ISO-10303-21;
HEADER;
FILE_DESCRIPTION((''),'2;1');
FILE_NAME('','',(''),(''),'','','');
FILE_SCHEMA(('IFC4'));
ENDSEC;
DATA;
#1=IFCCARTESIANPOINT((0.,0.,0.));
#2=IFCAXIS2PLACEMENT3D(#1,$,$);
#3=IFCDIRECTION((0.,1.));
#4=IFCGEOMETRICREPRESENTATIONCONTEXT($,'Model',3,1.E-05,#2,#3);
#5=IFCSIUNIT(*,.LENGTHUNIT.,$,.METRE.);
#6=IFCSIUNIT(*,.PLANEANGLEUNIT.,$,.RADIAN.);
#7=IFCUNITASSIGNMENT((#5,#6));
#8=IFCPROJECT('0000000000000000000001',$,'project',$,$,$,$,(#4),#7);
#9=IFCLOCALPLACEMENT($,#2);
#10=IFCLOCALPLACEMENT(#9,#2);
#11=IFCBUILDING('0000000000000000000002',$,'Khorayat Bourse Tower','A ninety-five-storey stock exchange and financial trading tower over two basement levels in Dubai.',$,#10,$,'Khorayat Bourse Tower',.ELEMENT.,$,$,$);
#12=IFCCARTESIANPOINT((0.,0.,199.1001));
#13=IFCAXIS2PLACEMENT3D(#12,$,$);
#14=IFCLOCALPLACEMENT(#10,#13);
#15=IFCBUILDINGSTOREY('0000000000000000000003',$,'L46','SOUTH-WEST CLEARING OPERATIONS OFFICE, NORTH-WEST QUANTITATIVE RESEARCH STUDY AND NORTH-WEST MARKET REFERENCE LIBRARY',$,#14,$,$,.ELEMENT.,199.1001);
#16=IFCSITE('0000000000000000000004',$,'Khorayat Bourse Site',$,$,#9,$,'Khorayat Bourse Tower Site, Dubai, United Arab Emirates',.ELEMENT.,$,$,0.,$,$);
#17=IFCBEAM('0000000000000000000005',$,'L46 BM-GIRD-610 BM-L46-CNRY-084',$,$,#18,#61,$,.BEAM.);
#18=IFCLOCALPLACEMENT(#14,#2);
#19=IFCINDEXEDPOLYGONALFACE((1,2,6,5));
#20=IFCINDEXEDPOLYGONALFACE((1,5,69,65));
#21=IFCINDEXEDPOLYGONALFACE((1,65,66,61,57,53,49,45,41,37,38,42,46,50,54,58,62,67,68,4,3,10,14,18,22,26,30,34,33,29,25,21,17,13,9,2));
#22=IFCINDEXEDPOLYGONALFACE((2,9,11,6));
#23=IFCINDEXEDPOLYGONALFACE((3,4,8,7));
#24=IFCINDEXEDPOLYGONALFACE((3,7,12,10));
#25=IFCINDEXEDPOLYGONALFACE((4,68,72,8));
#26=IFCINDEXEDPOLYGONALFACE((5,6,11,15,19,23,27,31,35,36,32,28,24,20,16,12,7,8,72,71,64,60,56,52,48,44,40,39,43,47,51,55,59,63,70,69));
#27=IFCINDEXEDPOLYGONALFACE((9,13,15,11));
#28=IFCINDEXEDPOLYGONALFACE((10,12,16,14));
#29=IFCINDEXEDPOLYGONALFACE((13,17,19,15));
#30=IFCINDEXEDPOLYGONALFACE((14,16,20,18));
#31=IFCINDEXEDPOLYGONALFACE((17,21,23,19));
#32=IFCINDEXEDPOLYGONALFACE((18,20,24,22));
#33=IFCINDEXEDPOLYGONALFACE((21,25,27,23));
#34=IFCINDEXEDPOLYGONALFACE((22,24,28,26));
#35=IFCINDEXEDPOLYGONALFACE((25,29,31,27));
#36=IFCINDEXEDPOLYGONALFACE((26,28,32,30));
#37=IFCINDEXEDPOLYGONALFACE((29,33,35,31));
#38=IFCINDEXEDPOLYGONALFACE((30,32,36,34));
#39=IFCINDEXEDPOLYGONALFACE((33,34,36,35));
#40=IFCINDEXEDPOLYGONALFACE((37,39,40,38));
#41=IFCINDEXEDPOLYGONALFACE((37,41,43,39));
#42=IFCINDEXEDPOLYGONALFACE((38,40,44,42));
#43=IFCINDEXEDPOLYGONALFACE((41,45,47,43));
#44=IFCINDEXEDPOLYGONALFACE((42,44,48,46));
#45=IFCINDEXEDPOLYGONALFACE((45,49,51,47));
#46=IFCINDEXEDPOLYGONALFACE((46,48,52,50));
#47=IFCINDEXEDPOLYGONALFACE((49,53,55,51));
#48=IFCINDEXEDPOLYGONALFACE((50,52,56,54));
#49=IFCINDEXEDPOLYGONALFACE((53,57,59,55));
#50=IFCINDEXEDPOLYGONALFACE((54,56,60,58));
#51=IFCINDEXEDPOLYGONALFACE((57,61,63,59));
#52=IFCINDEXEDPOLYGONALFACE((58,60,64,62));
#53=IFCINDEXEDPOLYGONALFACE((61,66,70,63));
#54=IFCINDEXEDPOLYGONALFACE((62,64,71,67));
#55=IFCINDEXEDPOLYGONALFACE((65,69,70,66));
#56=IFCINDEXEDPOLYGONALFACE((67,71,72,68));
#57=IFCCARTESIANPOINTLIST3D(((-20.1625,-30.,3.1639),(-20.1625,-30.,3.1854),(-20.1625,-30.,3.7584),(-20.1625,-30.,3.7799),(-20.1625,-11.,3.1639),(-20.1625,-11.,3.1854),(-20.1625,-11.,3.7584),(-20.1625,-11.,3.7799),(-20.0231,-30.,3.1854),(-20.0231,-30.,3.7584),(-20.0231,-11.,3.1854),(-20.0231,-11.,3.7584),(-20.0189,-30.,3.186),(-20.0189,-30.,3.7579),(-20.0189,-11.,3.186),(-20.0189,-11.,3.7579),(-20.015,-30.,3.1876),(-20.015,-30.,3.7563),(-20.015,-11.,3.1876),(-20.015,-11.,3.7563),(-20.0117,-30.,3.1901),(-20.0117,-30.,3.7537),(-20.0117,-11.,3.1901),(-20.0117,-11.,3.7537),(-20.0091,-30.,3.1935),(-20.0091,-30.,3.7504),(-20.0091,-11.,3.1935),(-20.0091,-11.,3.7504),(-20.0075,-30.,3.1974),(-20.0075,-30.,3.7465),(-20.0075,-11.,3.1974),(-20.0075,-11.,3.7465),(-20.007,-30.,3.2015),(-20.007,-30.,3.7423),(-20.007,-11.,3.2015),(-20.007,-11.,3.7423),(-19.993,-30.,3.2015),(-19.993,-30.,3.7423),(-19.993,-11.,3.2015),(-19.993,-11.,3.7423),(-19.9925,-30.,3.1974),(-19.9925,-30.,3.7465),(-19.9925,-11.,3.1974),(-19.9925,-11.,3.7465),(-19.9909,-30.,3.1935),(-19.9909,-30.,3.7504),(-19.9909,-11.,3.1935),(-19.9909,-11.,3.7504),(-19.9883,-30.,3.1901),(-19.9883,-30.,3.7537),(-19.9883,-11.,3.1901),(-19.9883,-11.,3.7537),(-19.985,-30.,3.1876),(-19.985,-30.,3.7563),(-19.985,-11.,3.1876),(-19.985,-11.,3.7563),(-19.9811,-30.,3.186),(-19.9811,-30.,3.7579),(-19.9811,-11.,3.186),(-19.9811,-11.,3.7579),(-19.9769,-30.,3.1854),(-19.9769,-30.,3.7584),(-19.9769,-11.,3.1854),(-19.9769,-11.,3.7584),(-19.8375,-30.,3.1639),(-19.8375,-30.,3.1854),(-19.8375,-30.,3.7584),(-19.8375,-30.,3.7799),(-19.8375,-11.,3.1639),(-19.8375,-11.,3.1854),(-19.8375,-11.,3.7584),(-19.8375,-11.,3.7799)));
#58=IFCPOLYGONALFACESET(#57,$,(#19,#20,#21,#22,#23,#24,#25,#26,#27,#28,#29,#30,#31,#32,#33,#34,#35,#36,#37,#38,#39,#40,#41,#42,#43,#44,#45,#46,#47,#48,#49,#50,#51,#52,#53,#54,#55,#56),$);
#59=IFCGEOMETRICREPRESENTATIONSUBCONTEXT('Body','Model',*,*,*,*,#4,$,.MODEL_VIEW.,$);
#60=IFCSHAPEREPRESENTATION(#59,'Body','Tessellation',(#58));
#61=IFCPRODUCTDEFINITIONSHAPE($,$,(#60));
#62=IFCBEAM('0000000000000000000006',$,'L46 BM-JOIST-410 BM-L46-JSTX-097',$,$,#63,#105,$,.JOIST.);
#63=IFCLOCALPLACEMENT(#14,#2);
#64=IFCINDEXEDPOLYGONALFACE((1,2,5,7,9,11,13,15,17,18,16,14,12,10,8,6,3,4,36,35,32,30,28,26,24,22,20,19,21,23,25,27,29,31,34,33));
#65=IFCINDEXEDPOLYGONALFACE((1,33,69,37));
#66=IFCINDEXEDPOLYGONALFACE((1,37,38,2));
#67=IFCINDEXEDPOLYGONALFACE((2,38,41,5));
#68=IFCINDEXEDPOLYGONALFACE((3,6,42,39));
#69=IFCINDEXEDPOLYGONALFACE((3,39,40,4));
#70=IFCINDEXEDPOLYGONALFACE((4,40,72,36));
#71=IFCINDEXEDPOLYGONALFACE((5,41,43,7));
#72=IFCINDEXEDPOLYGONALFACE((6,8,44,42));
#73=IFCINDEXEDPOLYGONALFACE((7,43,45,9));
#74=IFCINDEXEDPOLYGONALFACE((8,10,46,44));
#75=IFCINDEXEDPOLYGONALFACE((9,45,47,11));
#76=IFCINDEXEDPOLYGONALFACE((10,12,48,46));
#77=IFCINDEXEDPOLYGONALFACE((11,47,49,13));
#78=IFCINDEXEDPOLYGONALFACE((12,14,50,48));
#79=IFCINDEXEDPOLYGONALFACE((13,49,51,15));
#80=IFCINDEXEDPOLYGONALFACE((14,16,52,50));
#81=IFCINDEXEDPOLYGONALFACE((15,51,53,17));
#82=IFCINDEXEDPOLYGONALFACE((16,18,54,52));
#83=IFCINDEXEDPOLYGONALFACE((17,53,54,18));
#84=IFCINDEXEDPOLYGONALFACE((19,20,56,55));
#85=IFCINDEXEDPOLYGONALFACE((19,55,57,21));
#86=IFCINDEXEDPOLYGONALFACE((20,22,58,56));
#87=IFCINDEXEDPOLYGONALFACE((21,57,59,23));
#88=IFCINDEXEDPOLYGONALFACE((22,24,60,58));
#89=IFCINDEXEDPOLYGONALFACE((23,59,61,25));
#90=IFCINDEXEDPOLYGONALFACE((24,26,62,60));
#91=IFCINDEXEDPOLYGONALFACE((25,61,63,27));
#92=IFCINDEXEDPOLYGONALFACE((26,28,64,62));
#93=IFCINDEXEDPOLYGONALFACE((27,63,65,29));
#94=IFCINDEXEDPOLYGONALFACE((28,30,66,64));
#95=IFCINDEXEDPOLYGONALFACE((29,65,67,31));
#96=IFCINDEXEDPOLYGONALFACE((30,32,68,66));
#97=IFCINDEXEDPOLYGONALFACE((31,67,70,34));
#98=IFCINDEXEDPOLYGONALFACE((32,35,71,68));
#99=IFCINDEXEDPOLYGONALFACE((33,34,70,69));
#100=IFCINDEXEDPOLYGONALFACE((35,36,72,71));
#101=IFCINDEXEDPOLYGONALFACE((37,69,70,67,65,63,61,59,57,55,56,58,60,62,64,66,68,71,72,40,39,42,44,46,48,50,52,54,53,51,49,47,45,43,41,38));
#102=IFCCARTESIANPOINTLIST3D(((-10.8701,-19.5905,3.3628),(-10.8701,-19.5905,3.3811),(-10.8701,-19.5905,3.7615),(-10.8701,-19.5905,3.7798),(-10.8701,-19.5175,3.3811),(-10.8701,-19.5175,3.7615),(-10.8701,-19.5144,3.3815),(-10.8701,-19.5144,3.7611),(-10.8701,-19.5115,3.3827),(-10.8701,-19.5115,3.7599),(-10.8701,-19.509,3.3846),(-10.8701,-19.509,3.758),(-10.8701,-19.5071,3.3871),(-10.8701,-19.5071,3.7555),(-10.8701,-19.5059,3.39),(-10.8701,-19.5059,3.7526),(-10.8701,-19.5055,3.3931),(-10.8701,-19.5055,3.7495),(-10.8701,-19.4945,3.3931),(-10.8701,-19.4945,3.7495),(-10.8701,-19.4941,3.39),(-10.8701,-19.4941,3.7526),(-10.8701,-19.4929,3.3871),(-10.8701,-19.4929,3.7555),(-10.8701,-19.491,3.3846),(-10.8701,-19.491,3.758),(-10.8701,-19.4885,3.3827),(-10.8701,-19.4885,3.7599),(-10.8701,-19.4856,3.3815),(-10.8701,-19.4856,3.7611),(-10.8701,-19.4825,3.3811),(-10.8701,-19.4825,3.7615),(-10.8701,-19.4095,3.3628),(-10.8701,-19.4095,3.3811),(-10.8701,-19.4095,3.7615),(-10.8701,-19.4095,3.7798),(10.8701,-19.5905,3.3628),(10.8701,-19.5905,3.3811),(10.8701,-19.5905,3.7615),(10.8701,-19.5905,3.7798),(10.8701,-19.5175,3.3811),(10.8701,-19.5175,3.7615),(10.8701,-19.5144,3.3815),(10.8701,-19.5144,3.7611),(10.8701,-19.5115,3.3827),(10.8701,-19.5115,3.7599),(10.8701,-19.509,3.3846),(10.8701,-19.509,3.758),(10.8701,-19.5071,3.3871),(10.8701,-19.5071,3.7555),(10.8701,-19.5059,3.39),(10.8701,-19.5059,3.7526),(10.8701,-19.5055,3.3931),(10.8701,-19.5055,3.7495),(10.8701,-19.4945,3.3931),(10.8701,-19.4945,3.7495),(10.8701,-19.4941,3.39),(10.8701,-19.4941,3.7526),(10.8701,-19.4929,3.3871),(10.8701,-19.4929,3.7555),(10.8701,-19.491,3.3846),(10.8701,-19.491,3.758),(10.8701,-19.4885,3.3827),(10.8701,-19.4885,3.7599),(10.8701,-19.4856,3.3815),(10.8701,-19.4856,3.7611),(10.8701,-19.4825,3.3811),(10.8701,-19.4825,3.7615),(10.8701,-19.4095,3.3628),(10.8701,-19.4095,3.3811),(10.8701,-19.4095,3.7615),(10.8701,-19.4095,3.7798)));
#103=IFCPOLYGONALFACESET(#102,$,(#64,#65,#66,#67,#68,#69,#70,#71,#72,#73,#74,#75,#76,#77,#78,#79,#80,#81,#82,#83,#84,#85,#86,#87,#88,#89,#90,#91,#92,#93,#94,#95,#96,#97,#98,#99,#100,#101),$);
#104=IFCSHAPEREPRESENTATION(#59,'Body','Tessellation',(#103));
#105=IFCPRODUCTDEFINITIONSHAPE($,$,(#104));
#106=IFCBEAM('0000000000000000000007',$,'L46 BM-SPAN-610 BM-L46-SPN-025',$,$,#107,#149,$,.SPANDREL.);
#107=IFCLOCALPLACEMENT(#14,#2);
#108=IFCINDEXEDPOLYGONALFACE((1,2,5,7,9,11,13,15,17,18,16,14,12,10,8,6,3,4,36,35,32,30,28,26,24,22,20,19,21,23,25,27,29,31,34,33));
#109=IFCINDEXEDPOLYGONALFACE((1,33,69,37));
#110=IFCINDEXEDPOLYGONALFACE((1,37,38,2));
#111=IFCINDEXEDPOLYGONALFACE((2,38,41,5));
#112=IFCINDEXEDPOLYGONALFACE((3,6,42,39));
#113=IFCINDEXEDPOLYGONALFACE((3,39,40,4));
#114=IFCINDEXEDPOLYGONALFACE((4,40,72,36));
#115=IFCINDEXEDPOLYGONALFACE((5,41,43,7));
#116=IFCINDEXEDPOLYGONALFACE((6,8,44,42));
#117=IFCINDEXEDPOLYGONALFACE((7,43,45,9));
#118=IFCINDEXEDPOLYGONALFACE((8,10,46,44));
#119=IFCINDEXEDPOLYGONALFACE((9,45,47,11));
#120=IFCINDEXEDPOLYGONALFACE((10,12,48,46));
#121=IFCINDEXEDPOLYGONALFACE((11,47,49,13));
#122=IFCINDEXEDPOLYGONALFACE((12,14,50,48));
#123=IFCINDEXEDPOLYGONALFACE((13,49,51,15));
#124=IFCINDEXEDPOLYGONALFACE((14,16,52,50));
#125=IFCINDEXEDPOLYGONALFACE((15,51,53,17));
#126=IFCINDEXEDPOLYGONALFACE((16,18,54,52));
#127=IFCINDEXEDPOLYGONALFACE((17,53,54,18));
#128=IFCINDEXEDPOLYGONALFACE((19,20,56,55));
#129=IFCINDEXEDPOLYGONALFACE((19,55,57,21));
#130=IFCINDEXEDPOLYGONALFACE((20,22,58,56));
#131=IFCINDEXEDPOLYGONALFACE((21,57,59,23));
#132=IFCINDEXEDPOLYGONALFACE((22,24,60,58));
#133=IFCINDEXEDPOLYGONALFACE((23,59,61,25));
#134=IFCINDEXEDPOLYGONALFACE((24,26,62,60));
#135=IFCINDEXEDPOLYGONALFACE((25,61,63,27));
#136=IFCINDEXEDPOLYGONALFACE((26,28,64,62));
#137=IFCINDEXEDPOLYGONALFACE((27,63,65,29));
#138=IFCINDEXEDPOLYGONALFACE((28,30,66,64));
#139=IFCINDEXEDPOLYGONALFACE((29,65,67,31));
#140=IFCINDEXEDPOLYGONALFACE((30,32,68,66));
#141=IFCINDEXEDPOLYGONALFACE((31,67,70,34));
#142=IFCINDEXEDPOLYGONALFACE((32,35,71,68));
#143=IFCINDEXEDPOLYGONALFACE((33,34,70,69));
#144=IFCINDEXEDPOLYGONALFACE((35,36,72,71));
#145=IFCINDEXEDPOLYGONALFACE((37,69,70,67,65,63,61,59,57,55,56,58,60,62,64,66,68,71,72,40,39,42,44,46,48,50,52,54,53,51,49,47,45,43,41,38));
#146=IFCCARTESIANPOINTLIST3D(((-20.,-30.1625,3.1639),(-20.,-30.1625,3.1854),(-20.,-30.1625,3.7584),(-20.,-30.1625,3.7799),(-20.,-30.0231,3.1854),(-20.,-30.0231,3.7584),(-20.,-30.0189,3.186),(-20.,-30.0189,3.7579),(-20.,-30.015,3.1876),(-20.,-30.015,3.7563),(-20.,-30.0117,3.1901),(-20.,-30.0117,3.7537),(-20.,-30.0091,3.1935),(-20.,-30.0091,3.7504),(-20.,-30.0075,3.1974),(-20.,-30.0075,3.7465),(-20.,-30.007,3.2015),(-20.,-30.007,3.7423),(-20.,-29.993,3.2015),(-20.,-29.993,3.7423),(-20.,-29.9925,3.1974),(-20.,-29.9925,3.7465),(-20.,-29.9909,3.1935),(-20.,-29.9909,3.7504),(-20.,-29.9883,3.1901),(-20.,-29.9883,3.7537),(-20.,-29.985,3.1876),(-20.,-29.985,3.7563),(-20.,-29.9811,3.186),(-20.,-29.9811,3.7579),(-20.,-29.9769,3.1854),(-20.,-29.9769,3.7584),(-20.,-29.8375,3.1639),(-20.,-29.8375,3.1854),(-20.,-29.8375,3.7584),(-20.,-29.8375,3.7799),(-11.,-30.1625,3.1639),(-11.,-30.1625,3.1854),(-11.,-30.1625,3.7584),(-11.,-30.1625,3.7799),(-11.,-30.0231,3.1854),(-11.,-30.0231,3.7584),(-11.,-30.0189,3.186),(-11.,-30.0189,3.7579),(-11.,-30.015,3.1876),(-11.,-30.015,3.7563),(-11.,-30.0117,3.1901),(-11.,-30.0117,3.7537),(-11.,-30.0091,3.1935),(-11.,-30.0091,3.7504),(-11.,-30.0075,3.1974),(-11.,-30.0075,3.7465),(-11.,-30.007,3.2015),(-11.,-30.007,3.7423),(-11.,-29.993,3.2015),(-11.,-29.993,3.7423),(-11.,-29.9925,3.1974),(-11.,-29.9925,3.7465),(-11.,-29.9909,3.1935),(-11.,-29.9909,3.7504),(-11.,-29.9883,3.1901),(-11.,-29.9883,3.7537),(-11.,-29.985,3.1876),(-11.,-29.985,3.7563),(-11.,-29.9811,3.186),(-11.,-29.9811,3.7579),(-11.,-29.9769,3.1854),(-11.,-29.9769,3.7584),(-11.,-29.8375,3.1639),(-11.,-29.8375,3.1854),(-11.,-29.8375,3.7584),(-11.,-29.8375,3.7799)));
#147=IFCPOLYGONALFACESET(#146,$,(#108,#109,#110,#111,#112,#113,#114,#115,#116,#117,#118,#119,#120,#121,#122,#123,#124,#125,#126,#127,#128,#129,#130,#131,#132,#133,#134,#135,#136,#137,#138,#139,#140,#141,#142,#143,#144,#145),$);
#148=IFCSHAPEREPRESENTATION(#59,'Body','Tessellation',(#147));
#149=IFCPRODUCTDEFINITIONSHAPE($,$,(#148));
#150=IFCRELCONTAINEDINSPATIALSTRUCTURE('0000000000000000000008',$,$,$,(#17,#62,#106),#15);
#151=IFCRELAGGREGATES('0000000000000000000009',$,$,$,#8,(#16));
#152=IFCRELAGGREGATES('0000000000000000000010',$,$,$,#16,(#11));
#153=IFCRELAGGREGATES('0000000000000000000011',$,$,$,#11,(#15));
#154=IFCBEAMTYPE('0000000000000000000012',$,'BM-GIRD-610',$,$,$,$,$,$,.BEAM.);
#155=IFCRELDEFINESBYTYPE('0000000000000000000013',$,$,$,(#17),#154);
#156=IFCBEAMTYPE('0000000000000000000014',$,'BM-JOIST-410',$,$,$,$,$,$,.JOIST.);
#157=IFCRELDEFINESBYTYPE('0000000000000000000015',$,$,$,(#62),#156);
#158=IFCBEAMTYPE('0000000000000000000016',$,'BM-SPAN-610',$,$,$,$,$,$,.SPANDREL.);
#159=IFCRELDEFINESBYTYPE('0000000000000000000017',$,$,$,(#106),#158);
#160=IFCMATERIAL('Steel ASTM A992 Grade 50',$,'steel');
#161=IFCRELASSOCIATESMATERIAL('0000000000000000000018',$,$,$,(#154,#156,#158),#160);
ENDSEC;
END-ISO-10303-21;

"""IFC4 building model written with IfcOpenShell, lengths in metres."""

from ifc_helpers import new_model, si_unit, direction, frame, origin, origin_2d, place, context, subcontext, project, spatial, i_section, extrude, source, transform, mapped, material, material_profile, profile_set, type_object, element, save


model = new_model("IFC4")

# Units and contexts
model_context = context("Model", 3, precision=1e-05, world=origin(), true_north=direction((0.0, 1.0)))
body_context = subcontext(model_context, "Body", "Model", "MODEL_VIEW")
ifc_project = project(units=[si_unit("LENGTHUNIT", "METRE"), si_unit("PLANEANGLEUNIT", "RADIAN")], contexts=[model_context])

# Site, building, storey
site_placement = place(None, origin())
site = spatial("IfcSite", under=ifc_project, at=site_placement, Name="Khorayat Bourse Site", LongName="Khorayat Bourse Tower Site, Dubai, United Arab Emirates", CompositionType="ELEMENT", RefElevation=0.0)
building_placement = place(site_placement, origin())
building = spatial("IfcBuilding", under=site, at=building_placement, Name="Khorayat Bourse Tower", Description="A ninety-five-storey stock exchange and financial trading tower over two basement levels in Dubai.", LongName="Khorayat Bourse Tower", CompositionType="ELEMENT")
storey_placement = place(building_placement, frame((0.0, 0.0, 199.1001)))
storey = spatial("IfcBuildingStorey", under=building, at=storey_placement, Name="L46", Description="SOUTH-WEST CLEARING OPERATIONS OFFICE, NORTH-WEST QUANTITATIVE RESEARCH STUDY AND NORTH-WEST MARKET REFERENCE LIBRARY", CompositionType="ELEMENT", Elevation=199.1001)

# Beams
ifc_material_1 = material(Name="Steel ASTM A992 Grade 50", Category="steel")
ifc_material_profile_1 = material_profile(ifc_material_1, i_section(OverallWidth=0.325, OverallDepth=0.616, WebThickness=0.0139, FlangeThickness=0.0215, FilletRadius=0.0161, at=origin_2d()), Name="W610X174")
ifc_profile_set_1 = profile_set([ifc_material_profile_1], Name="Steel ASTM A992 Grade 50")
beam_type_1 = type_object("IfcBeamType", Name="BM-GIRD-610", PredefinedType="BEAM", material=ifc_profile_set_1)
shared_shape_1 = source(origin(), body_context, "Body", "SweptSolid", [
    extrude(i_section(OverallWidth=0.325, OverallDepth=0.616, WebThickness=0.0139, FlangeThickness=0.0215, FilletRadius=0.0161, at=origin_2d()), origin(), (0.0, 0.0, 1.0), 19.0),
])
beam_1_placement = place(storey_placement, frame((-20.0, -30.0, 3.4719), z_axis=(0.0, 1.0, 0.0), x_axis=(-1.0, 0.0, 0.0)))
element("IfcBeam", 1, at=beam_1_placement, inside=storey, type_object=beam_type_1, Name="L46 BM-GIRD-610 BM-L46-CNRY-084", PredefinedType="BEAM", context=body_context, shape_type="MappedRepresentation", body=[
    mapped(shared_shape_1, transform((0.0, 0.0, 0.0), scale=1.0)),
])
ifc_material_profile_2 = material_profile(ifc_material_1, i_section(OverallWidth=0.1809, OverallDepth=0.417, WebThickness=0.011, FlangeThickness=0.0183, FilletRadius=0.012, at=origin_2d()), Name="W410X85")
ifc_profile_set_2 = profile_set([ifc_material_profile_2], Name="Steel ASTM A992 Grade 50")
beam_type_2 = type_object("IfcBeamType", Name="BM-JOIST-410", PredefinedType="JOIST", material=ifc_profile_set_2)
shared_shape_2 = source(origin(), body_context, "Body", "SweptSolid", [
    extrude(i_section(OverallWidth=0.1809, OverallDepth=0.417, WebThickness=0.011, FlangeThickness=0.0183, FilletRadius=0.012, at=origin_2d()), origin(), (0.0, 0.0, 1.0), 21.7402),
])
beam_2_placement = place(storey_placement, frame((-10.8701, -19.5, 3.5713), z_axis=(1.0, 0.0, 0.0), x_axis=(0.0, 1.0, 0.0)))
element("IfcBeam", 2, at=beam_2_placement, inside=storey, type_object=beam_type_2, Name="L46 BM-JOIST-410 BM-L46-JSTX-097", PredefinedType="JOIST", context=body_context, shape_type="MappedRepresentation", body=[
    mapped(shared_shape_2, transform((0.0, 0.0, 0.0), scale=1.0)),
])
ifc_material_profile_3 = material_profile(ifc_material_1, i_section(OverallWidth=0.325, OverallDepth=0.616, WebThickness=0.0139, FlangeThickness=0.0215, FilletRadius=0.0161, at=origin_2d()), Name="W610X174")
ifc_profile_set_3 = profile_set([ifc_material_profile_3], Name="Steel ASTM A992 Grade 50")
beam_type_3 = type_object("IfcBeamType", Name="BM-SPAN-610", PredefinedType="SPANDREL", material=ifc_profile_set_3)
shared_shape_3 = source(origin(), body_context, "Body", "SweptSolid", [
    extrude(i_section(OverallWidth=0.325, OverallDepth=0.616, WebThickness=0.0139, FlangeThickness=0.0215, FilletRadius=0.0161, at=origin_2d()), origin(), (0.0, 0.0, 1.0), 9.0),
])
beam_3_placement = place(storey_placement, frame((-20.0, -30.0, 3.4719), z_axis=(1.0, 0.0, 0.0), x_axis=(0.0, 1.0, 0.0)))
element("IfcBeam", 3, at=beam_3_placement, inside=storey, type_object=beam_type_3, Name="L46 BM-SPAN-610 BM-L46-SPN-025", PredefinedType="SPANDREL", context=body_context, shape_type="MappedRepresentation", body=[
    mapped(shared_shape_3, transform((0.0, 0.0, 0.0), scale=1.0)),
])

save(model, "model.ifc")
